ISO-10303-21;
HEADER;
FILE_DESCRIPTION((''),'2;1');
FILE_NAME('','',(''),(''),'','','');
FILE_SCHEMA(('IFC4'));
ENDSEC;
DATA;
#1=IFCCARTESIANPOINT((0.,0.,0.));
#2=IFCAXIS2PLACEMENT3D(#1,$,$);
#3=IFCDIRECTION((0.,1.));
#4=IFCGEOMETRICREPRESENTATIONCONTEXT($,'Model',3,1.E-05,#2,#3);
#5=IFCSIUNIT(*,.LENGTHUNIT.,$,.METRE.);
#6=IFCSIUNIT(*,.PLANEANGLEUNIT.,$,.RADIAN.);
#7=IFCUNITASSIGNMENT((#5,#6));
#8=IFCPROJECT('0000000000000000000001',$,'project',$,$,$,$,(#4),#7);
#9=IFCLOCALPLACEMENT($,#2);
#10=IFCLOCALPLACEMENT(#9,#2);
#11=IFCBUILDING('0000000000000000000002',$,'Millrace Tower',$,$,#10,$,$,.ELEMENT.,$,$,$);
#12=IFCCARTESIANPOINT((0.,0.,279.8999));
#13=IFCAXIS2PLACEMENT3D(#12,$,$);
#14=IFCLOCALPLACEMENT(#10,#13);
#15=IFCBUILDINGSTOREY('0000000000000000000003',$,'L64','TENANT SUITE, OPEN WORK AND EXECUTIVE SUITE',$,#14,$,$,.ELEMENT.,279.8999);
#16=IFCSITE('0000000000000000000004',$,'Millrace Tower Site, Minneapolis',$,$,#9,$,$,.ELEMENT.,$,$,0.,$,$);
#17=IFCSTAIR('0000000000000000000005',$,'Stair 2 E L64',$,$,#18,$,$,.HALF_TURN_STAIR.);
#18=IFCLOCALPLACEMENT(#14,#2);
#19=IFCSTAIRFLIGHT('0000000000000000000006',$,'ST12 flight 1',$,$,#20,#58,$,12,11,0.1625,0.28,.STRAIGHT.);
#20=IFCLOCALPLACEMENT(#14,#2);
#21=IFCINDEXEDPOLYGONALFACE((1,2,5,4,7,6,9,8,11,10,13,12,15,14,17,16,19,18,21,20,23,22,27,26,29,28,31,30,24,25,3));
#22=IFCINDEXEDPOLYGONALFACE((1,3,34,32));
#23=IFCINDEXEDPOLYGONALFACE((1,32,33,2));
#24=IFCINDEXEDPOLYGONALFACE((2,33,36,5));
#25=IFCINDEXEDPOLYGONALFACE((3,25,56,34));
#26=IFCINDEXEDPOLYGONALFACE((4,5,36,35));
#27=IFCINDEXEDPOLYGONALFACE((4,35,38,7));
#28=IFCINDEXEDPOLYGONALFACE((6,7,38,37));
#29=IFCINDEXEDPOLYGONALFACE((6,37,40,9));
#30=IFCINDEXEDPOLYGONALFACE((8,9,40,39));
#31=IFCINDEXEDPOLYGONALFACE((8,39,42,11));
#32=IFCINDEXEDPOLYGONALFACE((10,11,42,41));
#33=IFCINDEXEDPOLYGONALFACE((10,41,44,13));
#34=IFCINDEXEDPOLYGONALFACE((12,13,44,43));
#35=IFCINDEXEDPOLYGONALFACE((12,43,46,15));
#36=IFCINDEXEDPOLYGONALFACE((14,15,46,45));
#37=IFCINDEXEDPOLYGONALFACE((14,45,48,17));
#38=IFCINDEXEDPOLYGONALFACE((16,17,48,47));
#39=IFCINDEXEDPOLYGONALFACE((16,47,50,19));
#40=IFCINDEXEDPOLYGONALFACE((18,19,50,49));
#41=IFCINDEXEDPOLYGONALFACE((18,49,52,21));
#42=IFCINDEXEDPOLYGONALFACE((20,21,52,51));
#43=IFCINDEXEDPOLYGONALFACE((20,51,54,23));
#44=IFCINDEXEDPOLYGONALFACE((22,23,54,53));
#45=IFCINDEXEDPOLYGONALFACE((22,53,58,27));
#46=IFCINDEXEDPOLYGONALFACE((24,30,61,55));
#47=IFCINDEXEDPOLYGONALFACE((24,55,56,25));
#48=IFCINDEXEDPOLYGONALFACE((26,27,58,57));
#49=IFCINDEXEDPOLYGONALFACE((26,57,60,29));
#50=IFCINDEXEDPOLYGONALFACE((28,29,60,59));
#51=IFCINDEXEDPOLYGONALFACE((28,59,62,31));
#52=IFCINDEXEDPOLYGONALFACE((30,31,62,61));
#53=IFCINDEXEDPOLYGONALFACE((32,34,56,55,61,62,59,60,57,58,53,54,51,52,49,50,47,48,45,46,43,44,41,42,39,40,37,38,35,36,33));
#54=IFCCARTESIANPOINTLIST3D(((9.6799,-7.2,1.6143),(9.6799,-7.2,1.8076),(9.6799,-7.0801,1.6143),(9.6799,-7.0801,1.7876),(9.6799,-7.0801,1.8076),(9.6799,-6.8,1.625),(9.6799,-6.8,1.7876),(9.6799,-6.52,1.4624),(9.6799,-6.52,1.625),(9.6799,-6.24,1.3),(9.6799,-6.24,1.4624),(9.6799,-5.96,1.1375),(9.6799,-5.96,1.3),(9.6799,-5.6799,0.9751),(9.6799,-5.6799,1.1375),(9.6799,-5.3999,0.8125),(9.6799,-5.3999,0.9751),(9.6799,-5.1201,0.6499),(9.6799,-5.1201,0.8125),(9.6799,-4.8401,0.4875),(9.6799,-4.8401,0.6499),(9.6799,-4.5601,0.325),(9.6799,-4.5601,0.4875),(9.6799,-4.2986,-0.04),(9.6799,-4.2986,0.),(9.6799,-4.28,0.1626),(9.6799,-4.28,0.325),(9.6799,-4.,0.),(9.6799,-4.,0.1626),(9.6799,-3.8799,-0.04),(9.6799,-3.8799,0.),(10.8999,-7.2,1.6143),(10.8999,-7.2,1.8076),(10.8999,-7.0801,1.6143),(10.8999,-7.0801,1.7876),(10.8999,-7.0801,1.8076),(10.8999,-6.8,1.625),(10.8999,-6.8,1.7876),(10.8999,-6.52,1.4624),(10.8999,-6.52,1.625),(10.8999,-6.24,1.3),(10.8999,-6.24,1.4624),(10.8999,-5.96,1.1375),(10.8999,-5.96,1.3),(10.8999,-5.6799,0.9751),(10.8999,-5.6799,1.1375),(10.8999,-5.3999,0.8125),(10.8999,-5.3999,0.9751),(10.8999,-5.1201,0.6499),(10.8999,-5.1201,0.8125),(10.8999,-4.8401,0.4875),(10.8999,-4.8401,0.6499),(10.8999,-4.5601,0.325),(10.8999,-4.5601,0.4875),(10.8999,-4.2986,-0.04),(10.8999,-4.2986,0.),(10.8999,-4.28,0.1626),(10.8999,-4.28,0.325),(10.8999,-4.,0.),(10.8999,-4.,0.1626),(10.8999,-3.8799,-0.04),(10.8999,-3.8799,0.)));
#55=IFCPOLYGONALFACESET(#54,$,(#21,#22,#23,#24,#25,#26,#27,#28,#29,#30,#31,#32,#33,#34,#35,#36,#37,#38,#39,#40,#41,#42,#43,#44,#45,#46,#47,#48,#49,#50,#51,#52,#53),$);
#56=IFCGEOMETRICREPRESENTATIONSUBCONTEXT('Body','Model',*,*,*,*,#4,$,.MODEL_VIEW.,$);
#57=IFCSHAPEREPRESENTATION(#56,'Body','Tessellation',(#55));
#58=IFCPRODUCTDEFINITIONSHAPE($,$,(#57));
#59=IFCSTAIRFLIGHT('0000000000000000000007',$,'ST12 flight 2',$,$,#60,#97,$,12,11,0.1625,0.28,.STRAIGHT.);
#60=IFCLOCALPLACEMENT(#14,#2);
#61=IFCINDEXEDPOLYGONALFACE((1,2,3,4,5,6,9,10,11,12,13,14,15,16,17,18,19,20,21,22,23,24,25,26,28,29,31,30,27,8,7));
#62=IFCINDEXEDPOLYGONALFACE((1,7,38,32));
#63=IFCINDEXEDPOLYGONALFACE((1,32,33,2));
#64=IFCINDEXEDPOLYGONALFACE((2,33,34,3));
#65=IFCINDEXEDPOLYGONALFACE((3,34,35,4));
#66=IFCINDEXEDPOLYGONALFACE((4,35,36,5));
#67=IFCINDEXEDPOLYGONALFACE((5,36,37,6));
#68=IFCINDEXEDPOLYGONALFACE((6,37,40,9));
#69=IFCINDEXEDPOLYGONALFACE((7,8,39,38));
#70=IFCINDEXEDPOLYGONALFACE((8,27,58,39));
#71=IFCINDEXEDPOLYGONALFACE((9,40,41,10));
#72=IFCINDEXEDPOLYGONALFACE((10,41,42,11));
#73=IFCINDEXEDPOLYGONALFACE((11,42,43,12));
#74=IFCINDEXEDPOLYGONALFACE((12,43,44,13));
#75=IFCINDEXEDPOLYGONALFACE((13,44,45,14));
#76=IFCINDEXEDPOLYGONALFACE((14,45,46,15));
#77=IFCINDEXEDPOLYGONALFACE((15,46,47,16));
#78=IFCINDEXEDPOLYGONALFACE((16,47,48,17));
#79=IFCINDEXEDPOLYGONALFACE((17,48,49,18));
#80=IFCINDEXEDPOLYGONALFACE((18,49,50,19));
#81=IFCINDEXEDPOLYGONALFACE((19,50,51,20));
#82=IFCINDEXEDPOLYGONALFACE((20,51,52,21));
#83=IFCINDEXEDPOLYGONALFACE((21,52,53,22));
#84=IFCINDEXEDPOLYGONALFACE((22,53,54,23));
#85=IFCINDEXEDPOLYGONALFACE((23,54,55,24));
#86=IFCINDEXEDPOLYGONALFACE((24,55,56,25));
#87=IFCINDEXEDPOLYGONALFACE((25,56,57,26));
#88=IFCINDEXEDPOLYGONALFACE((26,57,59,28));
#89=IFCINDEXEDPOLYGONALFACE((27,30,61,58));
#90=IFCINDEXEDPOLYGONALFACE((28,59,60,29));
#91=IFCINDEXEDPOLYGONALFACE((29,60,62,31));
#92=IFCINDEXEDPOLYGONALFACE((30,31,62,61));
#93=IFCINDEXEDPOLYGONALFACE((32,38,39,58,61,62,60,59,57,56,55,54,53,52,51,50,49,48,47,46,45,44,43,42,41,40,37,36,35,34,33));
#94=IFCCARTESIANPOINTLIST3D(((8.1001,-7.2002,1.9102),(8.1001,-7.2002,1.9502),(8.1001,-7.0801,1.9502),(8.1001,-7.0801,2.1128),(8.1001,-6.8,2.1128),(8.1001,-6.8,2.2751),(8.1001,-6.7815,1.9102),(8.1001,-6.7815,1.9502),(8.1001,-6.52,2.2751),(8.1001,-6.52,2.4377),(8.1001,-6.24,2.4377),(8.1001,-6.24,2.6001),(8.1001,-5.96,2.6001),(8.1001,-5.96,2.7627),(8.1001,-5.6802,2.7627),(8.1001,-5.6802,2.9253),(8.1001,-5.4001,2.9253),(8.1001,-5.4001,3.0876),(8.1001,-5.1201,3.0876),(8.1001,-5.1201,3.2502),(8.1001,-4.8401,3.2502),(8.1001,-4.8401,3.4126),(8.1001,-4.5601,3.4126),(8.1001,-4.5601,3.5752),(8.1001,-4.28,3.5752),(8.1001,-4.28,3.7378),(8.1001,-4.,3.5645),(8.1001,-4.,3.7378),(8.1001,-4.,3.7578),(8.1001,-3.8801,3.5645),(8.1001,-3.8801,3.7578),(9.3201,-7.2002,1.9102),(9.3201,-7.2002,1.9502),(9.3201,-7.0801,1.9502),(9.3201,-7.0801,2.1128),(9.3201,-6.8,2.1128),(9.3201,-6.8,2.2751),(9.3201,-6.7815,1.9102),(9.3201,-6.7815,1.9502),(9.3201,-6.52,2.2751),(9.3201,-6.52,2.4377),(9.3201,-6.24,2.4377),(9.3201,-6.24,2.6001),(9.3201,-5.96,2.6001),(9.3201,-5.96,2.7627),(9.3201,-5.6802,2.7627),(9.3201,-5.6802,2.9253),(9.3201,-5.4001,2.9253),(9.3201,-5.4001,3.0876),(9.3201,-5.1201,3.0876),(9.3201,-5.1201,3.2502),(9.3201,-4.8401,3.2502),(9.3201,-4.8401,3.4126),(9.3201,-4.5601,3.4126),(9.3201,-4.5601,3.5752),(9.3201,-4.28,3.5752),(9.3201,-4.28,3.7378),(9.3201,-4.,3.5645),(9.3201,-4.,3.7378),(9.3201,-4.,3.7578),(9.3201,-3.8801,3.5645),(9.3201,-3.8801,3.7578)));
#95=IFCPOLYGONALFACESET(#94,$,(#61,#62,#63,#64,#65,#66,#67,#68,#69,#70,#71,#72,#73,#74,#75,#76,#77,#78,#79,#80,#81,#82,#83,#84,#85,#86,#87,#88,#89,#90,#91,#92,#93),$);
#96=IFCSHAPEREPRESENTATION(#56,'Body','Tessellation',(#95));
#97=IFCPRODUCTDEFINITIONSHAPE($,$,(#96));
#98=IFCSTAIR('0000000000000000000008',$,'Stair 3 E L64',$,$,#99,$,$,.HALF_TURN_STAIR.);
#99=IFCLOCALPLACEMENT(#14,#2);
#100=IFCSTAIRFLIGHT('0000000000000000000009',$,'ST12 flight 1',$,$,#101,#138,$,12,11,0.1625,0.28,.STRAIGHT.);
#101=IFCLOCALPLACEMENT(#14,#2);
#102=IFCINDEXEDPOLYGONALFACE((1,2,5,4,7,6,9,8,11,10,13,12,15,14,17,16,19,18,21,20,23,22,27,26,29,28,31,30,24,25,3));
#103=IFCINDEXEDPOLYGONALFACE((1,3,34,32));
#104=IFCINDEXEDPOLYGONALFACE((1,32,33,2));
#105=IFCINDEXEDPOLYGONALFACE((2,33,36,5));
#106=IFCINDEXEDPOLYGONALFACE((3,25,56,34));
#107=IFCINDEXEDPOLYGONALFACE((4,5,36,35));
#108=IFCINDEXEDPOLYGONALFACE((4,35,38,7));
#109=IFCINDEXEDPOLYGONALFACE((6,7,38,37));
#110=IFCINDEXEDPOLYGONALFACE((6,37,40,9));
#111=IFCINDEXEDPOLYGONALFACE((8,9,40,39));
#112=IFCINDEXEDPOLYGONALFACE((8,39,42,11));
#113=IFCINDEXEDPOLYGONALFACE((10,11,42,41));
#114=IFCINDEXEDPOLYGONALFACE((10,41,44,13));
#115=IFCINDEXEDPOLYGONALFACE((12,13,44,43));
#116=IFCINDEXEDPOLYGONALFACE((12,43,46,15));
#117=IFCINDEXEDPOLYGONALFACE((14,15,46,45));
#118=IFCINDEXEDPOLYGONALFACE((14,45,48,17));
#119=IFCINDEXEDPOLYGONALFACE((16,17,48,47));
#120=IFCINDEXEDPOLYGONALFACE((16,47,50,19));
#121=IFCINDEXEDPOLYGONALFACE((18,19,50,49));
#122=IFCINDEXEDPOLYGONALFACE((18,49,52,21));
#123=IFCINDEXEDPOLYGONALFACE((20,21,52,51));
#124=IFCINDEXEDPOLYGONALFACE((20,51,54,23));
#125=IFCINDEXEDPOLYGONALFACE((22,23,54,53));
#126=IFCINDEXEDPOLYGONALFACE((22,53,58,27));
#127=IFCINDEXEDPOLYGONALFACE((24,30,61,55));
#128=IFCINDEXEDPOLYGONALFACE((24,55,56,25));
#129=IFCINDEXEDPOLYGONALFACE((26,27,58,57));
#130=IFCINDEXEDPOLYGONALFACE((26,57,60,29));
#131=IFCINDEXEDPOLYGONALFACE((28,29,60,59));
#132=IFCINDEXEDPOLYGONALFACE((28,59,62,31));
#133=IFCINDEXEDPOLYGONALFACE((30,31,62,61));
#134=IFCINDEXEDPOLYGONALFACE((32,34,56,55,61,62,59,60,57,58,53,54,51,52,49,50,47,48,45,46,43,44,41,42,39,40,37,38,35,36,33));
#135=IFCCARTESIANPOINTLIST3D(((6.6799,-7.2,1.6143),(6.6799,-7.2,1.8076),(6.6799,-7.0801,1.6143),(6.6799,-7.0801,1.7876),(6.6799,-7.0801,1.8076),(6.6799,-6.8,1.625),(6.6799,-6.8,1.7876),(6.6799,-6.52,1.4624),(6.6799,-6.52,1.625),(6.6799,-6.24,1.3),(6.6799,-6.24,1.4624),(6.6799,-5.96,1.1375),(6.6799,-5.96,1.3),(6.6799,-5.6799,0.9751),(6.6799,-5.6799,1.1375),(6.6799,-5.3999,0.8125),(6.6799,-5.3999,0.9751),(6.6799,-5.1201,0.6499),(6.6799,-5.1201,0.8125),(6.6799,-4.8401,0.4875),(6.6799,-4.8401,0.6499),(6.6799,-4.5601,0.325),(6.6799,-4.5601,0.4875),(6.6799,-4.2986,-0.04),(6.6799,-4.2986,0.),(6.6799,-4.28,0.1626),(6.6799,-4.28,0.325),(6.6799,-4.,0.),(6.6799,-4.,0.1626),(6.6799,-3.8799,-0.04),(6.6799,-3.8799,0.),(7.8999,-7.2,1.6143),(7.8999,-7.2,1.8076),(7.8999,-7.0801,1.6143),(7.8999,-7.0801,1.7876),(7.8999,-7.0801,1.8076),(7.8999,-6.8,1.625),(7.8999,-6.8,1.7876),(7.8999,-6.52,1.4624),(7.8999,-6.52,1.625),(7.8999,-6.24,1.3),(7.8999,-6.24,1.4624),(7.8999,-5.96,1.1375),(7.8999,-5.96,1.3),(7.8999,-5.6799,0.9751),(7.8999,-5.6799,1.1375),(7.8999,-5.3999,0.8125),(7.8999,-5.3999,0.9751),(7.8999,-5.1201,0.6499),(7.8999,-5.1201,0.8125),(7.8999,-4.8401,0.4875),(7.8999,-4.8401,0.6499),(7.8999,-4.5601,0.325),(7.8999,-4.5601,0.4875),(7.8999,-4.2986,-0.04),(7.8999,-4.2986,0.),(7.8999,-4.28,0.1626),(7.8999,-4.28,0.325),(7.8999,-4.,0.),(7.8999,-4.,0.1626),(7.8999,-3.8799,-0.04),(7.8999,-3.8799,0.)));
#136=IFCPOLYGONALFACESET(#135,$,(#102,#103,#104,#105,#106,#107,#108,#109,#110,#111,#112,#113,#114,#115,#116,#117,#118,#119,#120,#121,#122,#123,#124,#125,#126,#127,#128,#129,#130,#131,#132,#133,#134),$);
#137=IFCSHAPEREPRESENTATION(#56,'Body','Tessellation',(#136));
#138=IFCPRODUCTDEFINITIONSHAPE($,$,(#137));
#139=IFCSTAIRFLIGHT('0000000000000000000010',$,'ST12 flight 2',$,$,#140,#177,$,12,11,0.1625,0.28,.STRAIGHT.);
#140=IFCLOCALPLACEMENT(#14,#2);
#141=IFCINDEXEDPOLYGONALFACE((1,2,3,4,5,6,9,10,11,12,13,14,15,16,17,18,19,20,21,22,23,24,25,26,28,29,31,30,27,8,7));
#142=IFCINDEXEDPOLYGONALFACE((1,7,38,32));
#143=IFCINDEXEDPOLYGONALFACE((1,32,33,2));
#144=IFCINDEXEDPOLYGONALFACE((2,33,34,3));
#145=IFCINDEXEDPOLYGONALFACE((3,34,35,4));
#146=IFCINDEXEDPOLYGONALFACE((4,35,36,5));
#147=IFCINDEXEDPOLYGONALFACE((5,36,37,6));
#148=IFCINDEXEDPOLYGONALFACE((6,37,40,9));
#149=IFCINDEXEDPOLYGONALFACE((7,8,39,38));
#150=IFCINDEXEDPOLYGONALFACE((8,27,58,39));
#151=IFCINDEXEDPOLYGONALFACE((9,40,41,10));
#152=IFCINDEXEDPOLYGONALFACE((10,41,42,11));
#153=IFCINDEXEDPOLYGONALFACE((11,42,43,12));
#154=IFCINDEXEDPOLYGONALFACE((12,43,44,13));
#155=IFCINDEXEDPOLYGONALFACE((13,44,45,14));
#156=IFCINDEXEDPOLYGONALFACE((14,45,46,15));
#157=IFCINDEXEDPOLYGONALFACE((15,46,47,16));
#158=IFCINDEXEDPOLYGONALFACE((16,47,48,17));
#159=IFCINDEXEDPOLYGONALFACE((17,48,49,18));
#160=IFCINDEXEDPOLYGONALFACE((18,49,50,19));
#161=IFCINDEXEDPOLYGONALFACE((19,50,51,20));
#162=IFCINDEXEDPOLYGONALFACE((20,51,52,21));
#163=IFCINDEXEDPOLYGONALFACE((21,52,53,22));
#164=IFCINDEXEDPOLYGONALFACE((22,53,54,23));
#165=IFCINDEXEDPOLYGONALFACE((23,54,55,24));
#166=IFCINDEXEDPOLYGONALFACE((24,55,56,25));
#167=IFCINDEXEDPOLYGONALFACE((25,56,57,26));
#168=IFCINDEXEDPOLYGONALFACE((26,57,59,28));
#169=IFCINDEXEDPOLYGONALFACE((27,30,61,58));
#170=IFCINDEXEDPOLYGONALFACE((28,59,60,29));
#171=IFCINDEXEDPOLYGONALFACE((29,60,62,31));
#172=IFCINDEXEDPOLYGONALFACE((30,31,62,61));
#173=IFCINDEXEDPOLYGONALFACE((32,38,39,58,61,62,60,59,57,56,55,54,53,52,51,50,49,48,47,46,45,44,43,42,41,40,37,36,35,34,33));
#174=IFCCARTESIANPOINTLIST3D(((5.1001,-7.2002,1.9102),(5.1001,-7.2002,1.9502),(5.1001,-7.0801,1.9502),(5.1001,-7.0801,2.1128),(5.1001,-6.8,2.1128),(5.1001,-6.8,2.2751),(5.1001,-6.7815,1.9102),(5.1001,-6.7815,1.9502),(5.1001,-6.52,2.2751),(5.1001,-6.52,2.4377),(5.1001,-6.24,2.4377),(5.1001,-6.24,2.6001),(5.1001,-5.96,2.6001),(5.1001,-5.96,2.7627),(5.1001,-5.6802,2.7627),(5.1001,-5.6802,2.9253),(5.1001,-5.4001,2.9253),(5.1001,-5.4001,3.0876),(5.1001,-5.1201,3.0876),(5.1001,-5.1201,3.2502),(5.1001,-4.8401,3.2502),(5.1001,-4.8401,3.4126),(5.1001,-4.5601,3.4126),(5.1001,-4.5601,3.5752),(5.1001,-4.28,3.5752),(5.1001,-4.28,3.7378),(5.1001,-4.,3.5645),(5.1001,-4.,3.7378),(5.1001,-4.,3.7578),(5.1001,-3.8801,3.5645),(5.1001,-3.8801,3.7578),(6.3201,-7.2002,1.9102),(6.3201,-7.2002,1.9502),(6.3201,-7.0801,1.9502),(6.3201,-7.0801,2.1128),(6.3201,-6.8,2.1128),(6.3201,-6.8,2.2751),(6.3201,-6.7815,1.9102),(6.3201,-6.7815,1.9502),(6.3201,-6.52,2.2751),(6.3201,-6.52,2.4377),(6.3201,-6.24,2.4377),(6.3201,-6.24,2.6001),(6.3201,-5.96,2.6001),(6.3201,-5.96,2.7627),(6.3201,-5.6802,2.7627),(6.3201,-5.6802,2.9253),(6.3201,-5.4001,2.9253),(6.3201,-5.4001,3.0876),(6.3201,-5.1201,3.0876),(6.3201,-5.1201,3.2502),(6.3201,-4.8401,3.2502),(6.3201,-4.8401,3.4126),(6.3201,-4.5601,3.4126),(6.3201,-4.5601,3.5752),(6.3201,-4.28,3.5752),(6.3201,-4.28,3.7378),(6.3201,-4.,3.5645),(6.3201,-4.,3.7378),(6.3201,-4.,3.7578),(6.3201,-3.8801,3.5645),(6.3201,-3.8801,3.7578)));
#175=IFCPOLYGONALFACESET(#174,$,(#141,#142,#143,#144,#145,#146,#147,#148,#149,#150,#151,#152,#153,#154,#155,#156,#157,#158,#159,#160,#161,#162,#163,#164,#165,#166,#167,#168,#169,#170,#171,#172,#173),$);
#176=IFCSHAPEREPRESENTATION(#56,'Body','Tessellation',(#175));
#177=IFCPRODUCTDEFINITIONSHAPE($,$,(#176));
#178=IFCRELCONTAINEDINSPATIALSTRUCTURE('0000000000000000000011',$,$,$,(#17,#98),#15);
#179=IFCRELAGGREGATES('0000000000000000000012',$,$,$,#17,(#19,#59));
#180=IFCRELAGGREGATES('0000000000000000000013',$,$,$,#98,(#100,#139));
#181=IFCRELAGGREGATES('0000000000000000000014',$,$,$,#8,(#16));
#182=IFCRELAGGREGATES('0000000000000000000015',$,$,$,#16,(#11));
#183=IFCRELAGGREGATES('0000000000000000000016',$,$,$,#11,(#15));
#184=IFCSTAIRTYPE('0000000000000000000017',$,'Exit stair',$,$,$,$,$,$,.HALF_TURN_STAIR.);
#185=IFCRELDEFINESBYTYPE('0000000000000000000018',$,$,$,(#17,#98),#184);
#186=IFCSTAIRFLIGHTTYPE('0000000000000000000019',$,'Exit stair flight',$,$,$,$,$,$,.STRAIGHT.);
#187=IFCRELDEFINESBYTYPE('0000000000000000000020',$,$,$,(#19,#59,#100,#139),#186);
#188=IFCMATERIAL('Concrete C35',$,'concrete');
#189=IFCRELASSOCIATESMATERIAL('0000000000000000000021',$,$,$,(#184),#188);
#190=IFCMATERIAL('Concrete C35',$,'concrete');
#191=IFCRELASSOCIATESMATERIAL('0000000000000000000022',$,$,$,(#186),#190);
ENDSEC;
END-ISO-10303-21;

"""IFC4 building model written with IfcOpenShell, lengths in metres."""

from ifc_helpers import new_model, si_unit, direction, frame, origin, place, context, subcontext, project, spatial, polyline, outline, extrude, material, type_object, element, aggregate, save


model = new_model("IFC4")

# Units and contexts
model_context = context("Model", 3, precision=1e-05, world=origin(), true_north=direction((0.0, 1.0)))
body_context = subcontext(model_context, "Body", "Model", "MODEL_VIEW")
ifc_project = project(units=[si_unit("LENGTHUNIT", "METRE"), si_unit("PLANEANGLEUNIT", "RADIAN")], contexts=[model_context])

# Site, building, storey
site_placement = place(None, origin())
site = spatial("IfcSite", under=ifc_project, at=site_placement, Name="Millrace Tower Site, Minneapolis", CompositionType="ELEMENT", RefElevation=0.0)
building_placement = place(site_placement, origin())
building = spatial("IfcBuilding", under=site, at=building_placement, Name="Millrace Tower", CompositionType="ELEMENT")
storey_placement = place(building_placement, frame((0.0, 0.0, 279.8999)))
storey = spatial("IfcBuildingStorey", under=building, at=storey_placement, Name="L64", Description="TENANT SUITE, OPEN WORK AND EXECUTIVE SUITE", CompositionType="ELEMENT", Elevation=279.8999)

# Shared definitions
placement = place(storey_placement, origin())

# Stairs, stair flights
ifc_material_1 = material(Name="Concrete C35", Category="concrete")
stair_type = type_object("IfcStairType", Name="Exit stair", PredefinedType="HALF_TURN_STAIR", material=ifc_material_1)
stair_1 = element("IfcStair", 1, at=placement, inside=storey, type_object=stair_type, Name="Stair 2 E L64", PredefinedType="HALF_TURN_STAIR")
ifc_material_2 = material(Name="Concrete C35", Category="concrete")
stair_flight_type = type_object("IfcStairFlightType", Name="Exit stair flight", PredefinedType="STRAIGHT", material=ifc_material_2)
stair_flight_1_placement = place(storey_placement, frame((10.29, -4.0, 0.0), z_axis=(0.0, 0.0, 1.0), x_axis=(0.0, -1.0, 0.0)))
stair_flight_1 = element("IfcStairFlight", 2, at=stair_flight_1_placement, type_object=stair_flight_type, Name="ST12 flight 1", NumberOfRisers=12, NumberOfTreads=11, PredefinedType="STRAIGHT", RiserHeight=0.1625, TreadLength=0.28, context=body_context, shape_type="SweptSolid", body=[
    extrude(outline(polyline([(-0.1201, -0.04), (-0.1201, 0.0), (0.0, 0.0), (0.0, 0.1626), (0.28, 0.1626), (0.28, 0.325), (0.5601, 0.325), (0.5601, 0.4875), (0.8401, 0.4875), (0.8401, 0.6499), (1.1201, 0.6499), (1.1201, 0.8125), (1.3999, 0.8125), (1.3999, 0.9751), (1.6799, 0.9751), (1.6799, 1.1375), (1.96, 1.1375), (1.96, 1.3), (2.24, 1.3), (2.24, 1.4624), (2.52, 1.4624), (2.52, 1.625), (2.8, 1.625), (2.8, 1.7876), (3.0801, 1.7876), (3.0801, 1.8076), (3.2, 1.8076), (3.2, 1.6143), (3.0801, 1.6143), (0.2986, 0.0), (0.2986, -0.04), (-0.1201, -0.04)])), frame((0.0, 0.6099, 0.0), z_axis=(0.0, -1.0, 0.0), x_axis=(1.0, 0.0, 0.0)), (0.0, 0.0, 1.0), 1.22),
])
stair_flight_2_placement = place(storey_placement, frame((8.71, -7.0801, 1.9502), z_axis=(0.0, 0.0, 1.0), x_axis=(0.0, 1.0, 0.0)))
stair_flight_2 = element("IfcStairFlight", 3, at=stair_flight_2_placement, type_object=stair_flight_type, Name="ST12 flight 2", NumberOfRisers=12, NumberOfTreads=11, PredefinedType="STRAIGHT", RiserHeight=0.1625, TreadLength=0.28, context=body_context, shape_type="SweptSolid", body=[
    extrude(outline(polyline([(-0.1201, -0.04), (-0.1201, 0.0), (0.0, 0.0), (0.0, 0.1626), (0.28, 0.1626), (0.28, 0.325), (0.5601, 0.325), (0.5601, 0.4875), (0.8401, 0.4875), (0.8401, 0.6499), (1.1201, 0.6499), (1.1201, 0.8125), (1.3999, 0.8125), (1.3999, 0.9751), (1.6799, 0.9751), (1.6799, 1.1375), (1.96, 1.1375), (1.96, 1.3), (2.24, 1.3), (2.24, 1.4624), (2.52, 1.4624), (2.52, 1.625), (2.8, 1.625), (2.8, 1.7876), (3.0801, 1.7876), (3.0801, 1.8076), (3.2, 1.8076), (3.2, 1.6143), (3.0801, 1.6143), (0.2986, 0.0), (0.2986, -0.04), (-0.1201, -0.04)])), frame((0.0, 0.6099, 0.0), z_axis=(0.0, -1.0, 0.0), x_axis=(1.0, 0.0, 0.0)), (0.0, 0.0, 1.0), 1.22),
])
aggregate(stair_1, [stair_flight_1, stair_flight_2])
stair_2 = element("IfcStair", 4, at=placement, inside=storey, type_object=stair_type, Name="Stair 3 E L64", PredefinedType="HALF_TURN_STAIR")
stair_flight_3_placement = place(storey_placement, frame((7.29, -4.0, 0.0), z_axis=(0.0, 0.0, 1.0), x_axis=(0.0, -1.0, 0.0)))
stair_flight_3 = element("IfcStairFlight", 5, at=stair_flight_3_placement, type_object=stair_flight_type, Name="ST12 flight 1", NumberOfRisers=12, NumberOfTreads=11, PredefinedType="STRAIGHT", RiserHeight=0.1625, TreadLength=0.28, context=body_context, shape_type="SweptSolid", body=[
    extrude(outline(polyline([(-0.1201, -0.04), (-0.1201, 0.0), (0.0, 0.0), (0.0, 0.1626), (0.28, 0.1626), (0.28, 0.325), (0.5601, 0.325), (0.5601, 0.4875), (0.8401, 0.4875), (0.8401, 0.6499), (1.1201, 0.6499), (1.1201, 0.8125), (1.3999, 0.8125), (1.3999, 0.9751), (1.6799, 0.9751), (1.6799, 1.1375), (1.96, 1.1375), (1.96, 1.3), (2.24, 1.3), (2.24, 1.4624), (2.52, 1.4624), (2.52, 1.625), (2.8, 1.625), (2.8, 1.7876), (3.0801, 1.7876), (3.0801, 1.8076), (3.2, 1.8076), (3.2, 1.6143), (3.0801, 1.6143), (0.2986, 0.0), (0.2986, -0.04), (-0.1201, -0.04)])), frame((0.0, 0.6099, 0.0), z_axis=(0.0, -1.0, 0.0), x_axis=(1.0, 0.0, 0.0)), (0.0, 0.0, 1.0), 1.22),
])
stair_flight_4_placement = place(storey_placement, frame((5.71, -7.0801, 1.9502), z_axis=(0.0, 0.0, 1.0), x_axis=(0.0, 1.0, 0.0)))
stair_flight_4 = element("IfcStairFlight", 6, at=stair_flight_4_placement, type_object=stair_flight_type, Name="ST12 flight 2", NumberOfRisers=12, NumberOfTreads=11, PredefinedType="STRAIGHT", RiserHeight=0.1625, TreadLength=0.28, context=body_context, shape_type="SweptSolid", body=[
    extrude(outline(polyline([(-0.1201, -0.04), (-0.1201, 0.0), (0.0, 0.0), (0.0, 0.1626), (0.28, 0.1626), (0.28, 0.325), (0.5601, 0.325), (0.5601, 0.4875), (0.8401, 0.4875), (0.8401, 0.6499), (1.1201, 0.6499), (1.1201, 0.8125), (1.3999, 0.8125), (1.3999, 0.9751), (1.6799, 0.9751), (1.6799, 1.1375), (1.96, 1.1375), (1.96, 1.3), (2.24, 1.3), (2.24, 1.4624), (2.52, 1.4624), (2.52, 1.625), (2.8, 1.625), (2.8, 1.7876), (3.0801, 1.7876), (3.0801, 1.8076), (3.2, 1.8076), (3.2, 1.6143), (3.0801, 1.6143), (0.2986, 0.0), (0.2986, -0.04), (-0.1201, -0.04)])), frame((0.0, 0.6099, 0.0), z_axis=(0.0, -1.0, 0.0), x_axis=(1.0, 0.0, 0.0)), (0.0, 0.0, 1.0), 1.22),
])
aggregate(stair_2, [stair_flight_3, stair_flight_4])

save(model, "model.ifc")
